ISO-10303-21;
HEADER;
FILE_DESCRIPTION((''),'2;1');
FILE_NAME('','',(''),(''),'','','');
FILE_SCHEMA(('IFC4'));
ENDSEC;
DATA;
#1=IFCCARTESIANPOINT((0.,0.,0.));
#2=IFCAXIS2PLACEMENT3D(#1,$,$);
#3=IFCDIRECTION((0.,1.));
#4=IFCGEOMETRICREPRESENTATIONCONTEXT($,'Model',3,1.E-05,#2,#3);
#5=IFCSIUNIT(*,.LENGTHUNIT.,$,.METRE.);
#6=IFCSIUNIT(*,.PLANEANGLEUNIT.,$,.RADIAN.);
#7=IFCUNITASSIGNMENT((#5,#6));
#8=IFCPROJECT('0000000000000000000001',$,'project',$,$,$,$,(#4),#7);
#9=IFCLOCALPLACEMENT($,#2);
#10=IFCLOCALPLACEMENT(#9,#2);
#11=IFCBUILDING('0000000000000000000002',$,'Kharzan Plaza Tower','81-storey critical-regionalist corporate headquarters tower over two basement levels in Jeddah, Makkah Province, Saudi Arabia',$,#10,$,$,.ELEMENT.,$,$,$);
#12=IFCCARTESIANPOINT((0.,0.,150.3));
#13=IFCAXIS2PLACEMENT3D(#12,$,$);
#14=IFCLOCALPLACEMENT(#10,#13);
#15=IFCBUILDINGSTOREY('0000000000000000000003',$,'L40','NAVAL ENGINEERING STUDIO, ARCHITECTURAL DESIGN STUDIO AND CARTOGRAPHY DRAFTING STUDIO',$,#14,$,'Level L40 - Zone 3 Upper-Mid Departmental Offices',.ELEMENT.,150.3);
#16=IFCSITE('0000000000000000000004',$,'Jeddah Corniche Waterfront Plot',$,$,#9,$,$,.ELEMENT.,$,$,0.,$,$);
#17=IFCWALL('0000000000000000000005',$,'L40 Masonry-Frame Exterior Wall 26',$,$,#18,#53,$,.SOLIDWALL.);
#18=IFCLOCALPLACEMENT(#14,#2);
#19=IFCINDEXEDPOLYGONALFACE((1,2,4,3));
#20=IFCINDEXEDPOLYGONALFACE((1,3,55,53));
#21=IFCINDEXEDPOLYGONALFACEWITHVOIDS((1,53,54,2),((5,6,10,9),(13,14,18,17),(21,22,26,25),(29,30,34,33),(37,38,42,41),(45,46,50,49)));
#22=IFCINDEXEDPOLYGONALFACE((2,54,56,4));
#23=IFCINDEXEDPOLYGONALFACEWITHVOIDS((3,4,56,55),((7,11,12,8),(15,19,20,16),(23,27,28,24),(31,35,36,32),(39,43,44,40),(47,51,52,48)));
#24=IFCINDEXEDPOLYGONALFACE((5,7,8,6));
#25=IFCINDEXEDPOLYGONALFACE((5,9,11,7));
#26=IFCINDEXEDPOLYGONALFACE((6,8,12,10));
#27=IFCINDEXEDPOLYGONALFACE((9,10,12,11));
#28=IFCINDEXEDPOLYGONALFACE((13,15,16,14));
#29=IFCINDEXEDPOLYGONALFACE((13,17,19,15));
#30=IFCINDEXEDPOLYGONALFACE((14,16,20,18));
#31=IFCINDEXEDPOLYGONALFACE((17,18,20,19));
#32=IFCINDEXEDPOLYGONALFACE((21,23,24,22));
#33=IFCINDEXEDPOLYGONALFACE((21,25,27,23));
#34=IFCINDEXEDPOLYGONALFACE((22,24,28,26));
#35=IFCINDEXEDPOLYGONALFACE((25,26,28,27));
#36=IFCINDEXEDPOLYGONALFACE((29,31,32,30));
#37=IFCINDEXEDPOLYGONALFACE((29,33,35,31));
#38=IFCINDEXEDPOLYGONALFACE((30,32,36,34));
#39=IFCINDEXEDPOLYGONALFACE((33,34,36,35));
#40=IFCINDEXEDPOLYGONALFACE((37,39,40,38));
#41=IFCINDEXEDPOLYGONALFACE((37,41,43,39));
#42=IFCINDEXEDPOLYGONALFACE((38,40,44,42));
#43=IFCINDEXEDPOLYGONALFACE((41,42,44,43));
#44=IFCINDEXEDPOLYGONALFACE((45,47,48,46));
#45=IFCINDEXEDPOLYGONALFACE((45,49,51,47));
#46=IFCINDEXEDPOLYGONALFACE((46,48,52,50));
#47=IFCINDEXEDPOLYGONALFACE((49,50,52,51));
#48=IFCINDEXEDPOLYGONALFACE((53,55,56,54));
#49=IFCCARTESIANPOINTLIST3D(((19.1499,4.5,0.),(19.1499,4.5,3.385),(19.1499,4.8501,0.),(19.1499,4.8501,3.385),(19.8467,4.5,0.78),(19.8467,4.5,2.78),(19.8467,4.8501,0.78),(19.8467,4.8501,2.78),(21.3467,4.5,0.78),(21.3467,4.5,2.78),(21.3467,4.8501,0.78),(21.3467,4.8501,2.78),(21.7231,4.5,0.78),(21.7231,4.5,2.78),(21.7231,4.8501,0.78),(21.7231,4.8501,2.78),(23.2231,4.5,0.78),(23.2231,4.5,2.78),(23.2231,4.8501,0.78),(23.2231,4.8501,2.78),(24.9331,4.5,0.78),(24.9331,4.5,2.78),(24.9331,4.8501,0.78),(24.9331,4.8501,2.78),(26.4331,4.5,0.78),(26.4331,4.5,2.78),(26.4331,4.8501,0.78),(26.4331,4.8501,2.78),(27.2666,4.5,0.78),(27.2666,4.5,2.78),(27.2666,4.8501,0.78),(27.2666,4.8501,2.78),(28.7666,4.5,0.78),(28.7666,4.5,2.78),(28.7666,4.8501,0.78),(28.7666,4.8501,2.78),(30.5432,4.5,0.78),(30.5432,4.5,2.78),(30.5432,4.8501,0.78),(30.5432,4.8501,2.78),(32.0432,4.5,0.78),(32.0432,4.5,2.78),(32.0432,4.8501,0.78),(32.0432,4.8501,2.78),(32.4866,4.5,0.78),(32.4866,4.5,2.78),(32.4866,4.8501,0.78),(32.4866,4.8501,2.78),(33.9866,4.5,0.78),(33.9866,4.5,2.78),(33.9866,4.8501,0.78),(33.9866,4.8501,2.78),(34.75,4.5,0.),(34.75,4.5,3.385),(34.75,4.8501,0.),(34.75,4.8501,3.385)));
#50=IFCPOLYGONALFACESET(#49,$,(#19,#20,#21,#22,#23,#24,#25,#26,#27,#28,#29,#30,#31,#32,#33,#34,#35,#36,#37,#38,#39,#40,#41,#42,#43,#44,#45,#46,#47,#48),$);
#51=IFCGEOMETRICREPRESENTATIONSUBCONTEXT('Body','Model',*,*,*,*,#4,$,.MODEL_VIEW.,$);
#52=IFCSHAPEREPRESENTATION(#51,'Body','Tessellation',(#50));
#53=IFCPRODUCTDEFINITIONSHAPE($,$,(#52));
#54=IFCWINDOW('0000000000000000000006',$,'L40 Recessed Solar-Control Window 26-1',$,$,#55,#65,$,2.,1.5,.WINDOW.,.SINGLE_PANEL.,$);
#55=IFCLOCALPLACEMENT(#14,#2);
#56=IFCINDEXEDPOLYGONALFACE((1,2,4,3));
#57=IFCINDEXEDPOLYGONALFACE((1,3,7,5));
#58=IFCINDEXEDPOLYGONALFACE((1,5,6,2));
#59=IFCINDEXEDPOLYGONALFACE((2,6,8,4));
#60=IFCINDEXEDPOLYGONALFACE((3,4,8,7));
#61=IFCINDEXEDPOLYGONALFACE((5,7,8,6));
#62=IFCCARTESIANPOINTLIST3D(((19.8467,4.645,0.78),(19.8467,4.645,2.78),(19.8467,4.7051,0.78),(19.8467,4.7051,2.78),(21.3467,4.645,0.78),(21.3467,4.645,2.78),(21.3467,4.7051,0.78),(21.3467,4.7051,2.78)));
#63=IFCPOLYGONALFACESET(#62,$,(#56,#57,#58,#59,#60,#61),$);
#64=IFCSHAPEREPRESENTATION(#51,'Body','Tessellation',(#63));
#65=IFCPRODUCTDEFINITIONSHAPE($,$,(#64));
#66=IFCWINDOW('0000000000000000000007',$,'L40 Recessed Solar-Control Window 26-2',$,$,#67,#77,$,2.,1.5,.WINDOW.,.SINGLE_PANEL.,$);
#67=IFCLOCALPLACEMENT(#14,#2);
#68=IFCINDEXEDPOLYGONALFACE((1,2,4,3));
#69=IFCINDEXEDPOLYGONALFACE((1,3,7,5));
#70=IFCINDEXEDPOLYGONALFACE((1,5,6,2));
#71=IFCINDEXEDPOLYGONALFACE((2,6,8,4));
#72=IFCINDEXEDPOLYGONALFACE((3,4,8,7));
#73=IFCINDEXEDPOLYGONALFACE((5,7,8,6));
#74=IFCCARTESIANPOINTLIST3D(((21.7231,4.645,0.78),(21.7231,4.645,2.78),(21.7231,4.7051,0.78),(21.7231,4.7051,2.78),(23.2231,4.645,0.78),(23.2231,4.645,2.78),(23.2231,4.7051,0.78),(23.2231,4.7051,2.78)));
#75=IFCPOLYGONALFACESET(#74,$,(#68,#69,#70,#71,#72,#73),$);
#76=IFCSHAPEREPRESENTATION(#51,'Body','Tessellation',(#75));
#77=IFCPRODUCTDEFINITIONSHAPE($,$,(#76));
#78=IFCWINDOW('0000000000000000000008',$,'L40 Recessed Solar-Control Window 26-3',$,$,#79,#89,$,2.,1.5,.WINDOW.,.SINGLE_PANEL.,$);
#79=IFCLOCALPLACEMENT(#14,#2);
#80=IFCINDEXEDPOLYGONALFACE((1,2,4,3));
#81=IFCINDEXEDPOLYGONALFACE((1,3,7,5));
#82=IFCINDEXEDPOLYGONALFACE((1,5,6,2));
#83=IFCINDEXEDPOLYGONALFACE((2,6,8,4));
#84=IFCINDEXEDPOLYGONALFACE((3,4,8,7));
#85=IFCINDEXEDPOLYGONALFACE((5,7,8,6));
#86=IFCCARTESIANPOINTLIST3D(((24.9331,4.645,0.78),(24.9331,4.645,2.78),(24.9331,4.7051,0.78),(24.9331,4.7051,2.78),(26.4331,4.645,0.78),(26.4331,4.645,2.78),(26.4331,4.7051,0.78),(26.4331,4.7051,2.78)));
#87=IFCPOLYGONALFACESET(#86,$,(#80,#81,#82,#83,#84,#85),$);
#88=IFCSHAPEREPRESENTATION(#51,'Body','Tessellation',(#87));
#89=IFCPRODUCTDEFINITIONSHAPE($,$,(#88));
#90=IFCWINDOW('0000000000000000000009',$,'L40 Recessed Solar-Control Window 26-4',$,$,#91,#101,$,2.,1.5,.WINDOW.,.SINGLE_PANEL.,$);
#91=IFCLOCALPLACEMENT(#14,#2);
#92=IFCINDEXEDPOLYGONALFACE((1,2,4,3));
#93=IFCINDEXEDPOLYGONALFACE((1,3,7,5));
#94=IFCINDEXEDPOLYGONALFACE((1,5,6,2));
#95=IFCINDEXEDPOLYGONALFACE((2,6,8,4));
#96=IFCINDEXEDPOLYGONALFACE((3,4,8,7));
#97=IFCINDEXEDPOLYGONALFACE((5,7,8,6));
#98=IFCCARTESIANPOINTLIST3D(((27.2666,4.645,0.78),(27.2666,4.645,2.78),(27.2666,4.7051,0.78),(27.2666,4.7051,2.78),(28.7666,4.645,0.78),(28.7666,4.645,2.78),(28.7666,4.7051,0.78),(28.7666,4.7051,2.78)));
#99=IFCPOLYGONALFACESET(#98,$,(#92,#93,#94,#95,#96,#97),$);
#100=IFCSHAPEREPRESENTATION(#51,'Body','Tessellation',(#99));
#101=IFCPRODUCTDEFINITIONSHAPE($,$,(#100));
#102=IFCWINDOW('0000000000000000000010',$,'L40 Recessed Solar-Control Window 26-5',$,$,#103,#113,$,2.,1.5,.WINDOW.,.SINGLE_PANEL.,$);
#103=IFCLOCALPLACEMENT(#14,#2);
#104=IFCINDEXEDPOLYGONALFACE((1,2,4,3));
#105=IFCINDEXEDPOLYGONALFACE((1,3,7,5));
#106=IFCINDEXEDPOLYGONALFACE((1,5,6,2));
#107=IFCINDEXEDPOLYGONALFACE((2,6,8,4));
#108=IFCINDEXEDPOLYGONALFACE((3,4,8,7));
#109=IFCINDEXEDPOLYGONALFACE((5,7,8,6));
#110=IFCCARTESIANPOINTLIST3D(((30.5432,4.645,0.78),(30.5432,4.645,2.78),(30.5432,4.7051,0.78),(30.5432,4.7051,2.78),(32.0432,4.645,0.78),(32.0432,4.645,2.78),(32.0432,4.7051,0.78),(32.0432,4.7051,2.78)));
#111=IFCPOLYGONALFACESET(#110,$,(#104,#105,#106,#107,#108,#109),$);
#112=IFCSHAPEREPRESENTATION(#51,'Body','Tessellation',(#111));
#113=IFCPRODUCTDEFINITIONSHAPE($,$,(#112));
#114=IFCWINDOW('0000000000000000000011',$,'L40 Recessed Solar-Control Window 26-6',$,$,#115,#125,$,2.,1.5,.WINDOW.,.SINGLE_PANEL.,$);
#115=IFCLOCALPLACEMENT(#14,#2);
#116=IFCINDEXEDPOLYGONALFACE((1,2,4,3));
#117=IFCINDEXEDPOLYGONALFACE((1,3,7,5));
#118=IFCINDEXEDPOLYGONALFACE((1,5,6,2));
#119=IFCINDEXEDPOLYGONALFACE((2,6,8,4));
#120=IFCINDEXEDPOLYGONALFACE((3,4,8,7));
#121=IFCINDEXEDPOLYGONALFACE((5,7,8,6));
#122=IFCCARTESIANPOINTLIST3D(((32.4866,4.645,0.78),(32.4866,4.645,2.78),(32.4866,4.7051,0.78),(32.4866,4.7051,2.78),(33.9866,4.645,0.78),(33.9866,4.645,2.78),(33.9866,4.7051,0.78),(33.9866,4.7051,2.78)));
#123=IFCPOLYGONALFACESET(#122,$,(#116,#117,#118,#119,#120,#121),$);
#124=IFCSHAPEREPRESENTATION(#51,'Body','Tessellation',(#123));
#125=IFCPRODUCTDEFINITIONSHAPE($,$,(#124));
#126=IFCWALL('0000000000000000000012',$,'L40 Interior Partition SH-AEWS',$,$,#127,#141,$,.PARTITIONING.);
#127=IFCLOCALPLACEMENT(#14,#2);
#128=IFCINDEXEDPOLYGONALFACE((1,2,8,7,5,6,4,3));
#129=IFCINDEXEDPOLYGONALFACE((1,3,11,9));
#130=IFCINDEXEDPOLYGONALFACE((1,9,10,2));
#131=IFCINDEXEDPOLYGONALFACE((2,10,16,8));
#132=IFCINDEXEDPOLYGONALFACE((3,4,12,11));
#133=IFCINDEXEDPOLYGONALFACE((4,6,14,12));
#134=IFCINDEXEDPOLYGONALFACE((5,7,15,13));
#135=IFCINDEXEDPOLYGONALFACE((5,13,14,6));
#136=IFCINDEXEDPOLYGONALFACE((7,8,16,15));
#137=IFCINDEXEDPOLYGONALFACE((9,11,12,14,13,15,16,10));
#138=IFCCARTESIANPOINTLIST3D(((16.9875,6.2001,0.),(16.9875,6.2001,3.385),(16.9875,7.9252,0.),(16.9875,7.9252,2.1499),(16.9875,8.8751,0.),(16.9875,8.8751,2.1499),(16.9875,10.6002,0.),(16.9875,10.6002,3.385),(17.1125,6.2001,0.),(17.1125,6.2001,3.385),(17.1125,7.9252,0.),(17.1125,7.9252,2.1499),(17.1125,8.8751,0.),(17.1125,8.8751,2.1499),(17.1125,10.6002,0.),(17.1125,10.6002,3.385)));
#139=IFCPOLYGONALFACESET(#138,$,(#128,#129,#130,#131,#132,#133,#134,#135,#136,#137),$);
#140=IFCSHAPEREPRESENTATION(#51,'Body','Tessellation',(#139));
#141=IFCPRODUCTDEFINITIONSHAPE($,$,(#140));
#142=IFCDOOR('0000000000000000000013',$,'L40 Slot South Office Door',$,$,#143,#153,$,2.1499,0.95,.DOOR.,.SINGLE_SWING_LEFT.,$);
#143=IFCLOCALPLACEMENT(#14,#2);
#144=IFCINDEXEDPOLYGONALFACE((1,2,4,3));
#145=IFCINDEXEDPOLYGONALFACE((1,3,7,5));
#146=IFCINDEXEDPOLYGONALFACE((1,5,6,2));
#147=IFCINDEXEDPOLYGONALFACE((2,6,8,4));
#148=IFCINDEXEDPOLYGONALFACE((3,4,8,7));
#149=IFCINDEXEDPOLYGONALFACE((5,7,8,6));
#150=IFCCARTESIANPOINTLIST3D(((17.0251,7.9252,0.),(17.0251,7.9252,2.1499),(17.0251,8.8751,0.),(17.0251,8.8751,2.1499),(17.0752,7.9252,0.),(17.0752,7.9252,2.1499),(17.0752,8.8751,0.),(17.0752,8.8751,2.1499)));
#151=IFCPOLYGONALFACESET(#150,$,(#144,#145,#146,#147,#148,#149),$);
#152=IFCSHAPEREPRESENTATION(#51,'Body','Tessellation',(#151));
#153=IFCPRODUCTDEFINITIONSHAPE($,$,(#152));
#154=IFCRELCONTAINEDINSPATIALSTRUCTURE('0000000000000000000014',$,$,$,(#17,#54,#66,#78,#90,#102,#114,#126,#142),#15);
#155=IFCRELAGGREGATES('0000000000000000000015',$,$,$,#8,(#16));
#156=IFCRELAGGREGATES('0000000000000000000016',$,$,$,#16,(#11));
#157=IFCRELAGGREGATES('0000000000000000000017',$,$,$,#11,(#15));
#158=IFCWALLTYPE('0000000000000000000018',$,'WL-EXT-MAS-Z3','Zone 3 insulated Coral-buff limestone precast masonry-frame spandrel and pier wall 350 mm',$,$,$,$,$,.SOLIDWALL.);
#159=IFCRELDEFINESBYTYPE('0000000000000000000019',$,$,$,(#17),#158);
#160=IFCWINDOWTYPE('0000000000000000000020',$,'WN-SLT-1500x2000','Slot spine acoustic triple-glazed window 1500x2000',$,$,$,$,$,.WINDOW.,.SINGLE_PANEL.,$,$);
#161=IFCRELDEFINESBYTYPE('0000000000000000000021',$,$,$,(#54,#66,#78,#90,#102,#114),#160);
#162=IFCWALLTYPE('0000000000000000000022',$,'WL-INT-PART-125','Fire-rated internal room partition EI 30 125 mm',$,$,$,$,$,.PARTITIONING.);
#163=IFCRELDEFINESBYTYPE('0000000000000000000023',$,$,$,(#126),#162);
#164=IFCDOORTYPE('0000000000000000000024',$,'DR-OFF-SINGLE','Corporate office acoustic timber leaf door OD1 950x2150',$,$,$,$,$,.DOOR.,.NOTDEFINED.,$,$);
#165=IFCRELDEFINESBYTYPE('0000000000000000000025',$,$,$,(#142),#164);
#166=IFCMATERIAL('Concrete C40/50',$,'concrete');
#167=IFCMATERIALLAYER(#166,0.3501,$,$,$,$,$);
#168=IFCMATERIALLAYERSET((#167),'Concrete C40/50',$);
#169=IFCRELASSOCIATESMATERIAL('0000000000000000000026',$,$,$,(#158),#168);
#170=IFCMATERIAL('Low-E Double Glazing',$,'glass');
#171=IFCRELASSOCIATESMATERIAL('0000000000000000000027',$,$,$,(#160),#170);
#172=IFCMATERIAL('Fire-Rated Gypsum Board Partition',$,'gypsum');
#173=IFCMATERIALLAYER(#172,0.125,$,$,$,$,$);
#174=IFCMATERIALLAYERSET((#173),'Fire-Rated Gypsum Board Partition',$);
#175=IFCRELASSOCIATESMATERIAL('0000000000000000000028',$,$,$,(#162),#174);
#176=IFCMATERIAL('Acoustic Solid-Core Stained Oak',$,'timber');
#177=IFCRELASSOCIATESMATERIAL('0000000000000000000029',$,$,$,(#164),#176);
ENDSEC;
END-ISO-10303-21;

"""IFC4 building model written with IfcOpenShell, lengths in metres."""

from ifc_helpers import new_model, si_unit, direction, frame, frame_2d, origin, place, context, subcontext, project, spatial, rectangle, extrude, source, transform, mapped, material, layer, layer_set, type_object, element, fill, save


model = new_model("IFC4")

# Units and contexts
model_context = context("Model", 3, precision=1e-05, world=origin(), true_north=direction((0.0, 1.0)))
body_context = subcontext(model_context, "Body", "Model", "MODEL_VIEW")
ifc_project = project(units=[si_unit("LENGTHUNIT", "METRE"), si_unit("PLANEANGLEUNIT", "RADIAN")], contexts=[model_context])

# Site, building, storey
site_placement = place(None, origin())
site = spatial("IfcSite", under=ifc_project, at=site_placement, Name="Jeddah Corniche Waterfront Plot", CompositionType="ELEMENT", RefElevation=0.0)
building_placement = place(site_placement, origin())
building = spatial("IfcBuilding", under=site, at=building_placement, Name="Kharzan Plaza Tower", Description="81-storey critical-regionalist corporate headquarters tower over two basement levels in Jeddah, Makkah Province, Saudi Arabia", CompositionType="ELEMENT")
storey_placement = place(building_placement, frame((0.0, 0.0, 150.3)))
storey = spatial("IfcBuildingStorey", under=building, at=storey_placement, Name="L40", Description="NAVAL ENGINEERING STUDIO, ARCHITECTURAL DESIGN STUDIO AND CARTOGRAPHY DRAFTING STUDIO", LongName="Level L40 - Zone 3 Upper-Mid Departmental Offices", CompositionType="ELEMENT", Elevation=150.3)

# Wall, openings, windows
ifc_material_1 = material(Name="Concrete C40/50", Category="concrete")
ifc_layer_1 = layer(ifc_material_1, 0.3501)
ifc_layer_set_1 = layer_set([ifc_layer_1], Name="Concrete C40/50")
wall_type_1 = type_object("IfcWallType", Name="WL-EXT-MAS-Z3", Description="Zone 3 insulated Coral-buff limestone precast masonry-frame spandrel and pier wall 350 mm", PredefinedType="SOLIDWALL", material=ifc_layer_set_1)
wall_1_placement = place(storey_placement, frame((19.1499, 4.675, 0.0), z_axis=(0.0, 0.0, 1.0), x_axis=(1.0, 0.0, 0.0)))
wall_1 = element("IfcWall", 1, at=wall_1_placement, inside=storey, type_object=wall_type_1, Name="L40 Masonry-Frame Exterior Wall 26", PredefinedType="SOLIDWALL", context=body_context, shape_type="SweptSolid", body=[
    extrude(rectangle(XDim=15.6001, YDim=0.3501, at=frame_2d((7.8, 0.0))), origin(), (0.0, 0.0, 1.0), 3.385),
])
opening_1_placement = place(wall_1_placement, frame((0.6968, 0.0, 0.78)))
opening_1 = element("IfcOpeningElement", 2, at=opening_1_placement, cuts=wall_1, PredefinedType="OPENING", context=body_context, shape_type="SweptSolid", body=[
    extrude(rectangle(XDim=1.5, YDim=2.0, at=frame_2d((0.75, 1.0))), frame((0.0, 0.1851, 0.0), z_axis=(0.0, -1.0, 0.0), x_axis=(1.0, 0.0, 0.0)), (0.0, 0.0, 1.0), 0.3701),
])
opening_2_placement = place(wall_1_placement, frame((2.5732, 0.0, 0.78)))
opening_2 = element("IfcOpeningElement", 3, at=opening_2_placement, cuts=wall_1, PredefinedType="OPENING", context=body_context, shape_type="SweptSolid", body=[
    extrude(rectangle(XDim=1.5, YDim=2.0, at=frame_2d((0.75, 1.0))), frame((0.0, 0.1851, 0.0), z_axis=(0.0, -1.0, 0.0), x_axis=(1.0, 0.0, 0.0)), (0.0, 0.0, 1.0), 0.3701),
])
opening_3_placement = place(wall_1_placement, frame((5.7832, 0.0, 0.78)))
opening_3 = element("IfcOpeningElement", 4, at=opening_3_placement, cuts=wall_1, PredefinedType="OPENING", context=body_context, shape_type="SweptSolid", body=[
    extrude(rectangle(XDim=1.5, YDim=2.0, at=frame_2d((0.75, 1.0))), frame((0.0, 0.1851, 0.0), z_axis=(0.0, -1.0, 0.0), x_axis=(1.0, 0.0, 0.0)), (0.0, 0.0, 1.0), 0.3701),
])
opening_4_placement = place(wall_1_placement, frame((8.1167, 0.0, 0.78)))
opening_4 = element("IfcOpeningElement", 5, at=opening_4_placement, cuts=wall_1, PredefinedType="OPENING", context=body_context, shape_type="SweptSolid", body=[
    extrude(rectangle(XDim=1.5, YDim=2.0, at=frame_2d((0.75, 1.0))), frame((0.0, 0.1851, 0.0), z_axis=(0.0, -1.0, 0.0), x_axis=(1.0, 0.0, 0.0)), (0.0, 0.0, 1.0), 0.3701),
])
opening_5_placement = place(wall_1_placement, frame((11.3933, 0.0, 0.78)))
opening_5 = element("IfcOpeningElement", 6, at=opening_5_placement, cuts=wall_1, PredefinedType="OPENING", context=body_context, shape_type="SweptSolid", body=[
    extrude(rectangle(XDim=1.5, YDim=2.0, at=frame_2d((0.75, 1.0))), frame((0.0, 0.1851, 0.0), z_axis=(0.0, -1.0, 0.0), x_axis=(1.0, 0.0, 0.0)), (0.0, 0.0, 1.0), 0.3701),
])
opening_6_placement = place(wall_1_placement, frame((13.3367, 0.0, 0.78)))
opening_6 = element("IfcOpeningElement", 7, at=opening_6_placement, cuts=wall_1, PredefinedType="OPENING", context=body_context, shape_type="SweptSolid", body=[
    extrude(rectangle(XDim=1.5, YDim=2.0, at=frame_2d((0.75, 1.0))), frame((0.0, 0.1851, 0.0), z_axis=(0.0, -1.0, 0.0), x_axis=(1.0, 0.0, 0.0)), (0.0, 0.0, 1.0), 0.3701),
])
ifc_material_2 = material(Name="Low-E Double Glazing", Category="glass")
window_type = type_object("IfcWindowType", Name="WN-SLT-1500x2000", Description="Slot spine acoustic triple-glazed window 1500x2000", PartitioningType="SINGLE_PANEL", PredefinedType="WINDOW", material=ifc_material_2)
shared_shape_1 = source(origin(), body_context, "Body", "SweptSolid", [
    extrude(rectangle(XDim=1.5, YDim=2.0, at=frame_2d((0.75, 1.0))), frame((0.0, 0.03, 0.0), z_axis=(0.0, -1.0, 0.0), x_axis=(1.0, 0.0, 0.0)), (0.0, 0.0, 1.0), 0.0601),
])
window_1_placement = place(opening_1_placement, origin())
window_1 = element("IfcWindow", 8, at=window_1_placement, inside=storey, type_object=window_type, Name="L40 Recessed Solar-Control Window 26-1", OverallHeight=2.0, OverallWidth=1.5, PartitioningType="SINGLE_PANEL", PredefinedType="WINDOW", context=body_context, shape_type="MappedRepresentation", body=[
    mapped(shared_shape_1, transform((0.0, 0.0, 0.0), x_axis=(1.0, 0.0, 0.0), y_axis=(0.0, 1.0, 0.0), z_axis=(0.0, 0.0, 1.0))),
])
fill(opening_1, window_1)
window_2_placement = place(opening_2_placement, origin())
window_2 = element("IfcWindow", 9, at=window_2_placement, inside=storey, type_object=window_type, Name="L40 Recessed Solar-Control Window 26-2", OverallHeight=2.0, OverallWidth=1.5, PartitioningType="SINGLE_PANEL", PredefinedType="WINDOW", context=body_context, shape_type="MappedRepresentation", body=[
    mapped(shared_shape_1, transform((0.0, 0.0, 0.0), x_axis=(1.0, 0.0, 0.0), y_axis=(0.0, 1.0, 0.0), z_axis=(0.0, 0.0, 1.0))),
])
fill(opening_2, window_2)
window_3_placement = place(opening_3_placement, origin())
window_3 = element("IfcWindow", 10, at=window_3_placement, inside=storey, type_object=window_type, Name="L40 Recessed Solar-Control Window 26-3", OverallHeight=2.0, OverallWidth=1.5, PartitioningType="SINGLE_PANEL", PredefinedType="WINDOW", context=body_context, shape_type="MappedRepresentation", body=[
    mapped(shared_shape_1, transform((0.0, 0.0, 0.0), x_axis=(1.0, 0.0, 0.0), y_axis=(0.0, 1.0, 0.0), z_axis=(0.0, 0.0, 1.0))),
])
fill(opening_3, window_3)
window_4_placement = place(opening_4_placement, origin())
window_4 = element("IfcWindow", 11, at=window_4_placement, inside=storey, type_object=window_type, Name="L40 Recessed Solar-Control Window 26-4", OverallHeight=2.0, OverallWidth=1.5, PartitioningType="SINGLE_PANEL", PredefinedType="WINDOW", context=body_context, shape_type="MappedRepresentation", body=[
    mapped(shared_shape_1, transform((0.0, 0.0, 0.0), x_axis=(1.0, 0.0, 0.0), y_axis=(0.0, 1.0, 0.0), z_axis=(0.0, 0.0, 1.0))),
])
fill(opening_4, window_4)
window_5_placement = place(opening_5_placement, origin())
window_5 = element("IfcWindow", 12, at=window_5_placement, inside=storey, type_object=window_type, Name="L40 Recessed Solar-Control Window 26-5", OverallHeight=2.0, OverallWidth=1.5, PartitioningType="SINGLE_PANEL", PredefinedType="WINDOW", context=body_context, shape_type="MappedRepresentation", body=[
    mapped(shared_shape_1, transform((0.0, 0.0, 0.0), x_axis=(1.0, 0.0, 0.0), y_axis=(0.0, 1.0, 0.0), z_axis=(0.0, 0.0, 1.0))),
])
fill(opening_5, window_5)
window_6_placement = place(opening_6_placement, origin())
window_6 = element("IfcWindow", 13, at=window_6_placement, inside=storey, type_object=window_type, Name="L40 Recessed Solar-Control Window 26-6", OverallHeight=2.0, OverallWidth=1.5, PartitioningType="SINGLE_PANEL", PredefinedType="WINDOW", context=body_context, shape_type="MappedRepresentation", body=[
    mapped(shared_shape_1, transform((0.0, 0.0, 0.0), x_axis=(1.0, 0.0, 0.0), y_axis=(0.0, 1.0, 0.0), z_axis=(0.0, 0.0, 1.0))),
])
fill(opening_6, window_6)

# Wall, opening, door
ifc_material_3 = material(Name="Fire-Rated Gypsum Board Partition", Category="gypsum")
ifc_layer_2 = layer(ifc_material_3, 0.125)
ifc_layer_set_2 = layer_set([ifc_layer_2], Name="Fire-Rated Gypsum Board Partition")
wall_type_2 = type_object("IfcWallType", Name="WL-INT-PART-125", Description="Fire-rated internal room partition EI 30 125 mm", PredefinedType="PARTITIONING", material=ifc_layer_set_2)
wall_2_placement = place(storey_placement, frame((17.05, 6.2, 0.0), z_axis=(0.0, 0.0, 1.0), x_axis=(0.0, 1.0, 0.0)))
wall_2 = element("IfcWall", 14, at=wall_2_placement, inside=storey, type_object=wall_type_2, Name="L40 Interior Partition SH-AEWS", PredefinedType="PARTITIONING", context=body_context, shape_type="SweptSolid", body=[
    extrude(rectangle(XDim=4.4001, YDim=0.125, at=frame_2d((2.2002, 0.0))), origin(), (0.0, 0.0, 1.0), 3.385),
])
opening_7_placement = place(wall_2_placement, frame((1.7251, 0.0, 0.0)))
opening_7 = element("IfcOpeningElement", 15, at=opening_7_placement, cuts=wall_2, PredefinedType="OPENING", context=body_context, shape_type="SweptSolid", body=[
    extrude(rectangle(XDim=0.95, YDim=2.1499, at=frame_2d((0.4751, 1.075))), frame((0.0, 0.0725, 0.0), z_axis=(0.0, -1.0, 0.0), x_axis=(1.0, 0.0, 0.0)), (0.0, 0.0, 1.0), 0.145),
])
ifc_material_4 = material(Name="Acoustic Solid-Core Stained Oak", Category="timber")
door_type = type_object("IfcDoorType", Name="DR-OFF-SINGLE", Description="Corporate office acoustic timber leaf door OD1 950x2150", OperationType="NOTDEFINED", PredefinedType="DOOR", material=ifc_material_4)
shared_shape_2 = source(origin(), body_context, "Body", "SweptSolid", [
    extrude(rectangle(XDim=0.95, YDim=2.1499, at=frame_2d((0.4751, 1.075))), frame((0.0, 0.0249, 0.0), z_axis=(0.0, -1.0, 0.0), x_axis=(1.0, 0.0, 0.0)), (0.0, 0.0, 1.0), 0.05),
])
door_placement = place(opening_7_placement, origin())
door = element("IfcDoor", 16, at=door_placement, inside=storey, type_object=door_type, Name="L40 Slot South Office Door", OperationType="SINGLE_SWING_LEFT", OverallHeight=2.1499, OverallWidth=0.95, PredefinedType="DOOR", context=body_context, shape_type="MappedRepresentation", body=[
    mapped(shared_shape_2, transform((0.0, 0.0, 0.0), x_axis=(1.0, 0.0, 0.0), y_axis=(0.0, 1.0, 0.0), z_axis=(0.0, 0.0, 1.0))),
])
fill(opening_7, door)

save(model, "model.ifc")
